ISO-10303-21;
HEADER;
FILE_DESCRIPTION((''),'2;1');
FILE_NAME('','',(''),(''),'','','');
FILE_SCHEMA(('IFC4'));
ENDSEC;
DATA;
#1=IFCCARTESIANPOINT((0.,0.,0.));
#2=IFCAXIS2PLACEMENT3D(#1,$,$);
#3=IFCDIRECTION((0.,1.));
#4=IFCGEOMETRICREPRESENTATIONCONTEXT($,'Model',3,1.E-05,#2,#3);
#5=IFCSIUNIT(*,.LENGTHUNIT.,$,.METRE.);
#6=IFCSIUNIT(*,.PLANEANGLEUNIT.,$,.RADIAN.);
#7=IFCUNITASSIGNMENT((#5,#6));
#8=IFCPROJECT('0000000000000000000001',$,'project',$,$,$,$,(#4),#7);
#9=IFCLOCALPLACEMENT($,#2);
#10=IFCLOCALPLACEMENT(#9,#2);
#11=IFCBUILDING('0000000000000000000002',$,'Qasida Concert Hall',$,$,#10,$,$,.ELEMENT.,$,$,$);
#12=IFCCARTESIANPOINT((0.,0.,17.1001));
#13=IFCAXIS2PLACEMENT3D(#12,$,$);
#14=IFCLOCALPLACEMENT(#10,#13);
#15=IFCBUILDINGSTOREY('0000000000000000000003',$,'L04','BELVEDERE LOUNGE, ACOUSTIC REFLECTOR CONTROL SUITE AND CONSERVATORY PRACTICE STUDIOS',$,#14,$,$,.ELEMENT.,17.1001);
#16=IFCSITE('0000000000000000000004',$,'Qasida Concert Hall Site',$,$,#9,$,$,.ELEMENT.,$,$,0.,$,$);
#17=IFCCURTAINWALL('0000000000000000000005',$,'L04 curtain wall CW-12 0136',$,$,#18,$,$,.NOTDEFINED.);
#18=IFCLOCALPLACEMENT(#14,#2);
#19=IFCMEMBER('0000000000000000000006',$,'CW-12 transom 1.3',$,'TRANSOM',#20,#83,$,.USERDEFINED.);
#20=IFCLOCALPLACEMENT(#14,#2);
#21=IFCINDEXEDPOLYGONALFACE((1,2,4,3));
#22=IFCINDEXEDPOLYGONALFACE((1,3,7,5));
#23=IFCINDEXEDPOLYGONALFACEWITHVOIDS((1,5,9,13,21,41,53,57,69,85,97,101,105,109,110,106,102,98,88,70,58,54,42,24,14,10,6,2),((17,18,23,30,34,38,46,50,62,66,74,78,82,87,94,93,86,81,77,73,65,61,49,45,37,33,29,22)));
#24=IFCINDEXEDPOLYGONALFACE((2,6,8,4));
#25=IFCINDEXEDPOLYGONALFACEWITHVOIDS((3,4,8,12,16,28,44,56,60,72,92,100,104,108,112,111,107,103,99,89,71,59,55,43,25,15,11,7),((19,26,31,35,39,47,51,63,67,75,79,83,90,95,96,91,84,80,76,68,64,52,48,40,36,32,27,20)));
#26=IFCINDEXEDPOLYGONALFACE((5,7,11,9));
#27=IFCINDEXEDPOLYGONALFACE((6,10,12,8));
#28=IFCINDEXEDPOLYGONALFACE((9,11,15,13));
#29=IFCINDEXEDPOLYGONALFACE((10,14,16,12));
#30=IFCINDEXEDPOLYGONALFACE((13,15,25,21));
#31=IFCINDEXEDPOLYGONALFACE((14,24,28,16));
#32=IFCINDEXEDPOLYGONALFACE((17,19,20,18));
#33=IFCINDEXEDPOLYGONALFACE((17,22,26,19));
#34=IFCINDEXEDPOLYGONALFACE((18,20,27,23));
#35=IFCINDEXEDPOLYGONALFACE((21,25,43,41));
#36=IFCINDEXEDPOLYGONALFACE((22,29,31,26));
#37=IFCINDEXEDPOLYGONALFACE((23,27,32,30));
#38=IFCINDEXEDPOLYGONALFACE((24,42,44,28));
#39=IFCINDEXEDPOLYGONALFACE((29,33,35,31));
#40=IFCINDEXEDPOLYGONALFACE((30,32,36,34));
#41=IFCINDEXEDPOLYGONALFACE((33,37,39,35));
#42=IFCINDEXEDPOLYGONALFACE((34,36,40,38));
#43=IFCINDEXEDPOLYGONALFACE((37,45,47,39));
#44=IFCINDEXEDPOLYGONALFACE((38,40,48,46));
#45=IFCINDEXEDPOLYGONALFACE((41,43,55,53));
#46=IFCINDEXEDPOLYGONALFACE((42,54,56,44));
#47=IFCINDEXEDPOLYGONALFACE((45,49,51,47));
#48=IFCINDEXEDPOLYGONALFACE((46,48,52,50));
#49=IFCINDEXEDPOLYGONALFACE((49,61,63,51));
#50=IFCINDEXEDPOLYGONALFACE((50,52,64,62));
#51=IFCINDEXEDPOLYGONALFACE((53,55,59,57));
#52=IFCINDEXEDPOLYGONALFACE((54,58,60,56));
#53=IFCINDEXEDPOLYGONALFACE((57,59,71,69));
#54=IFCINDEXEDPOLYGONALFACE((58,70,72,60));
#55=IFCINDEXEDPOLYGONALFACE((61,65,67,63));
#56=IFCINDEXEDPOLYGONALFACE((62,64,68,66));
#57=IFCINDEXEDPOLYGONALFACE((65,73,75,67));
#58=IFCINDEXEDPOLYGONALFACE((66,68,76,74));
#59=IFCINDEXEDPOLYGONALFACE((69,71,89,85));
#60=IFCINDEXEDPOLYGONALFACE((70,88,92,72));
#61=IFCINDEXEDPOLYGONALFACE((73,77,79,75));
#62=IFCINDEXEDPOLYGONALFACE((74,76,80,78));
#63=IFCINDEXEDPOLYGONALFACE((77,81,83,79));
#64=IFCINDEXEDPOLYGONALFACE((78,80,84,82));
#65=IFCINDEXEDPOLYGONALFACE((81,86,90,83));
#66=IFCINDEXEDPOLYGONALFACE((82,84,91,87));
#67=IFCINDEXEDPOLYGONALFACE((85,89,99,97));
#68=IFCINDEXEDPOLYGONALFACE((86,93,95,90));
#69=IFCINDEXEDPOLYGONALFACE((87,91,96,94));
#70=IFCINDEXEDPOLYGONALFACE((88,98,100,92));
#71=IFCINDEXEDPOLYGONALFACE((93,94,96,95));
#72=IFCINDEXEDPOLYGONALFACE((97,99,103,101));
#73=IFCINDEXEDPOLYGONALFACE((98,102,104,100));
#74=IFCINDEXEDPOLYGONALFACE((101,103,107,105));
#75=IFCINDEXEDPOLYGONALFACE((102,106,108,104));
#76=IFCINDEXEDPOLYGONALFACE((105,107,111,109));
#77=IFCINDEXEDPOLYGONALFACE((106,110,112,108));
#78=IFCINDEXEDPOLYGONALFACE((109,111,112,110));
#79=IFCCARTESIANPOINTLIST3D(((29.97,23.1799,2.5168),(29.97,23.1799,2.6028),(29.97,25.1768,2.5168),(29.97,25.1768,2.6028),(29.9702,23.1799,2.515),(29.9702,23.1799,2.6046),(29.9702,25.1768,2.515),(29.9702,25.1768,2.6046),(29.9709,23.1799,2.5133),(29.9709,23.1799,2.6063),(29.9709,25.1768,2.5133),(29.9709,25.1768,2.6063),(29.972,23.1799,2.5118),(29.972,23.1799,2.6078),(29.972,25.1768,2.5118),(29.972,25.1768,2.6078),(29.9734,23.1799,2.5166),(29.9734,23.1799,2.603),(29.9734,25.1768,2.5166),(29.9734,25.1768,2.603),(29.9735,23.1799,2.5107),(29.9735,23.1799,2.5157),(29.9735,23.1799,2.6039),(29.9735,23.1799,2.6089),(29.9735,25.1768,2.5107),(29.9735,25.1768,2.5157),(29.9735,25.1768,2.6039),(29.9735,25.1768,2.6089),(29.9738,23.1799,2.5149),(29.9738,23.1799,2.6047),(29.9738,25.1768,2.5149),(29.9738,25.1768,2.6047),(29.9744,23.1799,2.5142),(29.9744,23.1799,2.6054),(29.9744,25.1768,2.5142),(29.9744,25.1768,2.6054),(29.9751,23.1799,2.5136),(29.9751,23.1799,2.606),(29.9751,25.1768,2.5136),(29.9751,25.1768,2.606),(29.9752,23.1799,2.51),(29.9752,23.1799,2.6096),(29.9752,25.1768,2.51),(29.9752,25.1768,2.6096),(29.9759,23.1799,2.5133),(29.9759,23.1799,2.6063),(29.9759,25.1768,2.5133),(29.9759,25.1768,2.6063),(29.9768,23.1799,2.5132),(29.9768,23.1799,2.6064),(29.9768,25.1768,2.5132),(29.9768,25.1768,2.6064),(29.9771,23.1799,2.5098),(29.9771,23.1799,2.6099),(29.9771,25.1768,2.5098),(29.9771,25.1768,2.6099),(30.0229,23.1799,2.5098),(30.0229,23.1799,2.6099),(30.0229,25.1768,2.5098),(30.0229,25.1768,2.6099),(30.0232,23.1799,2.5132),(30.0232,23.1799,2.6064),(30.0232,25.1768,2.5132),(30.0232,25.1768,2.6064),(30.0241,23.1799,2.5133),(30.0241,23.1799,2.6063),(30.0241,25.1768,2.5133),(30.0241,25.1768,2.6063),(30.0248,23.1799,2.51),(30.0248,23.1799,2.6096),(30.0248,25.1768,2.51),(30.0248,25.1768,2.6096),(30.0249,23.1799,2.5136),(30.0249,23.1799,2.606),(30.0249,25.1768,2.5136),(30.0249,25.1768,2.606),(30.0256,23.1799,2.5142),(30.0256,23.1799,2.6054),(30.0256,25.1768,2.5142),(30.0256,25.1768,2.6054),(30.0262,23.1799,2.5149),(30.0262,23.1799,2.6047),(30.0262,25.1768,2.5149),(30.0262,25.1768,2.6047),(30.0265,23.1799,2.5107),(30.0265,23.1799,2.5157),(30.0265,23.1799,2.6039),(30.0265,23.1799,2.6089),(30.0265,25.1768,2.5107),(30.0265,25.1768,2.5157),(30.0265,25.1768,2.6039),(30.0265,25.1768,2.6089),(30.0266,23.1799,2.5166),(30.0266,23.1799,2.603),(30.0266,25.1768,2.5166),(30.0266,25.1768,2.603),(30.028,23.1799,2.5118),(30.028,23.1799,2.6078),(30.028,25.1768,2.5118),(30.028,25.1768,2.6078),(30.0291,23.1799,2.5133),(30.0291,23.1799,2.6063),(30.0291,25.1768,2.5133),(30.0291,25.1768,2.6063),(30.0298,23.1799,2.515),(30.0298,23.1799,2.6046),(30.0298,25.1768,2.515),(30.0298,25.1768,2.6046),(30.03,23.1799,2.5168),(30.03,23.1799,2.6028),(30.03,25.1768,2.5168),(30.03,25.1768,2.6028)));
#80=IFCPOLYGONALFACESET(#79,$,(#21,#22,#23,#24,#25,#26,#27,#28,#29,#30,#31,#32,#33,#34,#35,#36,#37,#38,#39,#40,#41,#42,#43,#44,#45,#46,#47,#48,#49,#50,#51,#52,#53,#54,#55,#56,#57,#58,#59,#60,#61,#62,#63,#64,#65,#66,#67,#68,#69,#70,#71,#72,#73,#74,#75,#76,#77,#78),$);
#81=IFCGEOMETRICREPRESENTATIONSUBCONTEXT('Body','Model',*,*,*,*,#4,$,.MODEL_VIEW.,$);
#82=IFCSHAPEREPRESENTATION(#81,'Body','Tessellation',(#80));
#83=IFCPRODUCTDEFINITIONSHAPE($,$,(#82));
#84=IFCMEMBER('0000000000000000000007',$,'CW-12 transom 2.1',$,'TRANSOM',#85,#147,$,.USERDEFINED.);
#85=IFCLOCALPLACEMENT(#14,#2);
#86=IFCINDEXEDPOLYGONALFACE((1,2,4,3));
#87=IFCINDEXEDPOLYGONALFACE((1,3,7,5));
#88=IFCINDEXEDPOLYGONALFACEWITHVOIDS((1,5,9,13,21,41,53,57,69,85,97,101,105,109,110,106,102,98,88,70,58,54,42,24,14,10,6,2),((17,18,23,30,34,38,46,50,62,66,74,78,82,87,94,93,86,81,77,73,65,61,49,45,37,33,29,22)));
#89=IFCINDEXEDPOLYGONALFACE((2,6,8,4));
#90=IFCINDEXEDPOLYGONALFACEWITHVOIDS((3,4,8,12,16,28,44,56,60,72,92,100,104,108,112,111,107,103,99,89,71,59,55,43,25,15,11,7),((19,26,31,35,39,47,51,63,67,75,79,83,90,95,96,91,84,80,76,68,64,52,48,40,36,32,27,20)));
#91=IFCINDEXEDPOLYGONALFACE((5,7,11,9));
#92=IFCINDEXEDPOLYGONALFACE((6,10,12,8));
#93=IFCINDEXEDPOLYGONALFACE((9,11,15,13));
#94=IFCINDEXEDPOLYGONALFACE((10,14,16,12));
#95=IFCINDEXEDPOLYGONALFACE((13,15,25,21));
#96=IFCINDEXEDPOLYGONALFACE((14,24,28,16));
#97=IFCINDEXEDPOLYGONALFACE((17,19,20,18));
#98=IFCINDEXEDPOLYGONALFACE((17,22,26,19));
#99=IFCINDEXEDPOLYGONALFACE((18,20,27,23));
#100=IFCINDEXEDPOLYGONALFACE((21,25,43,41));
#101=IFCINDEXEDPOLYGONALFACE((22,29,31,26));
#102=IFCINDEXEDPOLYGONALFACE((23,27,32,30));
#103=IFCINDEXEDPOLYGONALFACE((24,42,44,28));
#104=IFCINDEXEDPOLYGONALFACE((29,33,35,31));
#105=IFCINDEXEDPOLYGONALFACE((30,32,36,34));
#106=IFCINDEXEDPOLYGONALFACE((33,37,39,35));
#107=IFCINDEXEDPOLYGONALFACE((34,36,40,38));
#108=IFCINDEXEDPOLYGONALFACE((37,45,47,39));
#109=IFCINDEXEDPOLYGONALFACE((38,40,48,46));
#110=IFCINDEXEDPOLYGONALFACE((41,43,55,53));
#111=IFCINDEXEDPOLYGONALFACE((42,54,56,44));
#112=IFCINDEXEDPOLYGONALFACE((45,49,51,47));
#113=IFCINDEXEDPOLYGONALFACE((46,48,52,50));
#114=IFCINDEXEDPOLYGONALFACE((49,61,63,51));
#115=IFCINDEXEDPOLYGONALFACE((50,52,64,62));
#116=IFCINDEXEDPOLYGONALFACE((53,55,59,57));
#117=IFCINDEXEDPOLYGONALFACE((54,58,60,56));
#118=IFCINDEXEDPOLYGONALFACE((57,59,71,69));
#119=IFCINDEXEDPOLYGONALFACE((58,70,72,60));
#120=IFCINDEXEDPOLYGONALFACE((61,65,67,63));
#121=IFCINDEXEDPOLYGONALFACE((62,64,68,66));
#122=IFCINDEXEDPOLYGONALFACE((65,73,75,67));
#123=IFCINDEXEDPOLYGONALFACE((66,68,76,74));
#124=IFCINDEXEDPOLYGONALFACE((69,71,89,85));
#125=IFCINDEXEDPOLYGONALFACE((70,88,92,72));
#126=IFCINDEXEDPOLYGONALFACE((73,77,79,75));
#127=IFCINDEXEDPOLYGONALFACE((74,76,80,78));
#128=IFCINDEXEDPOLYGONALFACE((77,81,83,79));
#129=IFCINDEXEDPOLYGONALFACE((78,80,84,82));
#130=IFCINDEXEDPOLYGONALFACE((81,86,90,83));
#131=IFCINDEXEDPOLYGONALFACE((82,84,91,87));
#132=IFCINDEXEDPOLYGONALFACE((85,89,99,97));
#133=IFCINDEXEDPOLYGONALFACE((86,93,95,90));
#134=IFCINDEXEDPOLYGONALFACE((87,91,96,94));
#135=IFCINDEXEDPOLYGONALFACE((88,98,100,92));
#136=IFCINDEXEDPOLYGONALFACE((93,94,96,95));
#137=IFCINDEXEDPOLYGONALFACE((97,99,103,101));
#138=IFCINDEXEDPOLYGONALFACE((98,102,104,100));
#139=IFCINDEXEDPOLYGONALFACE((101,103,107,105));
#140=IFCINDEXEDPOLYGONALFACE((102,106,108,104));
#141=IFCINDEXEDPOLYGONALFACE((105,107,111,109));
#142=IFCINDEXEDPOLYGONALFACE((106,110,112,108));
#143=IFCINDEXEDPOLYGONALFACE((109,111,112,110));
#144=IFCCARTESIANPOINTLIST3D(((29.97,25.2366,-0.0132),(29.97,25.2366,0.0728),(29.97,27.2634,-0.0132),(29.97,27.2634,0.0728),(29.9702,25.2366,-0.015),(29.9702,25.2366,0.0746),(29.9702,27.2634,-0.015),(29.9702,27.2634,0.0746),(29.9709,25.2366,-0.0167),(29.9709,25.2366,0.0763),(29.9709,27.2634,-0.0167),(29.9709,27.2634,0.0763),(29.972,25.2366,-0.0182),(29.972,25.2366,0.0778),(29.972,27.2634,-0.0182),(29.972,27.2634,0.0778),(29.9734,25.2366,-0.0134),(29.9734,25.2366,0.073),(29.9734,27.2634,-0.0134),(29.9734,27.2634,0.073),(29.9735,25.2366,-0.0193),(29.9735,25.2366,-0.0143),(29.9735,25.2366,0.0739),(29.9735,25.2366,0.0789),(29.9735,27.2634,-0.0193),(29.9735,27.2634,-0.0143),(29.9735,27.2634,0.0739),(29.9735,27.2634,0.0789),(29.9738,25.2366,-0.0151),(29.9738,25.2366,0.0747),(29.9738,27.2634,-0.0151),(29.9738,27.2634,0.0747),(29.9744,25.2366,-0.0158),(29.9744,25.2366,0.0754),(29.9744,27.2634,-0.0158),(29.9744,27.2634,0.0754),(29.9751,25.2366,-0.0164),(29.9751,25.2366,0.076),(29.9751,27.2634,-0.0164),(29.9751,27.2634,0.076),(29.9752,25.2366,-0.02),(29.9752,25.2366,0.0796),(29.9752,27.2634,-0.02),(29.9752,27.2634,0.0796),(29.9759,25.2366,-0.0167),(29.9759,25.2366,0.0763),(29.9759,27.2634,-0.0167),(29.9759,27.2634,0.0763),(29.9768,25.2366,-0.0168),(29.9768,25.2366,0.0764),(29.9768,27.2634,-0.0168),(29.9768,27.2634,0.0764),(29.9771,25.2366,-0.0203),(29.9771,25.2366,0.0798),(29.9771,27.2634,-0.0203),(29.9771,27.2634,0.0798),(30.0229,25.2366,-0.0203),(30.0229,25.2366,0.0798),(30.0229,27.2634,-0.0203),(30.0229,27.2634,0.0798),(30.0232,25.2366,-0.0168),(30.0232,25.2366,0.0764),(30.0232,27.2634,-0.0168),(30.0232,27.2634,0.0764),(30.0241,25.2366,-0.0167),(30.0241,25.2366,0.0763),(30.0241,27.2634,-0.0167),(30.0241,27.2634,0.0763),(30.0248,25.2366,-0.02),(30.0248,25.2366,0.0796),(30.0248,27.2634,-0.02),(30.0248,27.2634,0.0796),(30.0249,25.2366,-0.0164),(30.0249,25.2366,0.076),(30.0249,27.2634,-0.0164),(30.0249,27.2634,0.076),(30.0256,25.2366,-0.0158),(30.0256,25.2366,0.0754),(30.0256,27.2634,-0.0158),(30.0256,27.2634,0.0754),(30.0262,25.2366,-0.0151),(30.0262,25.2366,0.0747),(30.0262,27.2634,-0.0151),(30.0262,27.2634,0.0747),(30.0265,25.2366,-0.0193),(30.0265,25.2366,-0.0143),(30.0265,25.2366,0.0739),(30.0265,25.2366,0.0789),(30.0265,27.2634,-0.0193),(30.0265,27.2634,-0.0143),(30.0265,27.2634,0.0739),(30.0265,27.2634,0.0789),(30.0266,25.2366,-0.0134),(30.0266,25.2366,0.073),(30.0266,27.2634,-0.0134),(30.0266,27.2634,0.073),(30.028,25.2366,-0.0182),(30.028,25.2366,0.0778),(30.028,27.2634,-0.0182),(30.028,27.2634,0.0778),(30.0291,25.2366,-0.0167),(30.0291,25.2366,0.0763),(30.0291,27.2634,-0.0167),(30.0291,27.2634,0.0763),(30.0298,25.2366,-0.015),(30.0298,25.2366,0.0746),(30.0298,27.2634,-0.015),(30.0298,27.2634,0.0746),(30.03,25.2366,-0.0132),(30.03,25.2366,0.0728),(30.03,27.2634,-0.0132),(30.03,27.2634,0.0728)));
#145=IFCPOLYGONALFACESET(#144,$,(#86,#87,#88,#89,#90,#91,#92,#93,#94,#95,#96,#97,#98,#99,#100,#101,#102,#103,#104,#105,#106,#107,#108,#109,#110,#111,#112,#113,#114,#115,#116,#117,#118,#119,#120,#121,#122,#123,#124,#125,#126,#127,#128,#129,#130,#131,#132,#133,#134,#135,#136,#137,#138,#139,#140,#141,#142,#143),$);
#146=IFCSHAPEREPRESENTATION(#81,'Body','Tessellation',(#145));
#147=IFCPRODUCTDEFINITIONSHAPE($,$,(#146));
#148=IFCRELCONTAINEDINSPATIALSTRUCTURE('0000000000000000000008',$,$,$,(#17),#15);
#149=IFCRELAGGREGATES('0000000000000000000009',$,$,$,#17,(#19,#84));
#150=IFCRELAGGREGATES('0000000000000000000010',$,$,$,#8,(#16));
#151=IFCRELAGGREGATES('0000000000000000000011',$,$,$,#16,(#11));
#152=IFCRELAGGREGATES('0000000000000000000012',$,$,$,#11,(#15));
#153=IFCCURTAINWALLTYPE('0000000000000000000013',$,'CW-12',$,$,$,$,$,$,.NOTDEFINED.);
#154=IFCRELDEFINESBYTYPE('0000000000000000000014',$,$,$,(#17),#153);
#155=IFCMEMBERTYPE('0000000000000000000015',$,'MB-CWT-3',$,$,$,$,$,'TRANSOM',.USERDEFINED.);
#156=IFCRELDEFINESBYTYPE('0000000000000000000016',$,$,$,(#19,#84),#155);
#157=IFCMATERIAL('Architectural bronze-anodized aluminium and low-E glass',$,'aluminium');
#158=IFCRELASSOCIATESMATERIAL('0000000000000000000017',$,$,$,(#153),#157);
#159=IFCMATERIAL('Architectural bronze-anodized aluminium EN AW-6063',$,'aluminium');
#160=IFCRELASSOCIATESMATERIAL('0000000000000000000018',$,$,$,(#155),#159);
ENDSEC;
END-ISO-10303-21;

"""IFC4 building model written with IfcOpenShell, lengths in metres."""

from ifc_helpers import new_model, si_unit, direction, frame, origin, origin_2d, place, context, subcontext, project, spatial, hollow_rectangle, extrude, material, material_profile, profile_set, type_object, element, aggregate, save


model = new_model("IFC4")

# Units and contexts
model_context = context("Model", 3, precision=1e-05, world=origin(), true_north=direction((0.0, 1.0)))
body_context = subcontext(model_context, "Body", "Model", "MODEL_VIEW")
ifc_project = project(units=[si_unit("LENGTHUNIT", "METRE"), si_unit("PLANEANGLEUNIT", "RADIAN")], contexts=[model_context])

# Site, building, storey
site_placement = place(None, origin())
site = spatial("IfcSite", under=ifc_project, at=site_placement, Name="Qasida Concert Hall Site", CompositionType="ELEMENT", RefElevation=0.0)
building_placement = place(site_placement, origin())
building = spatial("IfcBuilding", under=site, at=building_placement, Name="Qasida Concert Hall", CompositionType="ELEMENT")
storey_placement = place(building_placement, frame((0.0, 0.0, 17.1001)))
storey = spatial("IfcBuildingStorey", under=building, at=storey_placement, Name="L04", Description="BELVEDERE LOUNGE, ACOUSTIC REFLECTOR CONTROL SUITE AND CONSERVATORY PRACTICE STUDIOS", CompositionType="ELEMENT", Elevation=17.1001)

# Curtain wall, members
ifc_material_1 = material(Name="Architectural bronze-anodized aluminium and low-E glass", Category="aluminium")
curtain_wall_type = type_object("IfcCurtainWallType", Name="CW-12", PredefinedType="NOTDEFINED", material=ifc_material_1)
curtain_wall_placement = place(storey_placement, origin())
curtain_wall = element("IfcCurtainWall", 1, at=curtain_wall_placement, inside=storey, type_object=curtain_wall_type, Name="L04 curtain wall CW-12 0136", PredefinedType="NOTDEFINED")
ifc_material_2 = material(Name="Architectural bronze-anodized aluminium EN AW-6063", Category="aluminium")
ifc_material_profile_1 = material_profile(ifc_material_2, hollow_rectangle(XDim=0.0601, YDim=0.1001, WallThickness=0.0034, InnerFilletRadius=0.0034, OuterFilletRadius=0.0071, at=origin_2d()), Name="CWT 100x60x3.5")
ifc_profile_set_1 = profile_set([ifc_material_profile_1], Name="Architectural bronze-anodized aluminium EN AW-6063")
member_type_1 = type_object("IfcMemberType", Name="MB-CWT-3", ElementType="TRANSOM", PredefinedType="USERDEFINED", material=ifc_profile_set_1)
member_1_placement = place(storey_placement, frame((30.0, 23.1799, 2.5598), z_axis=(0.0, 1.0, 0.0), x_axis=(-1.0, 0.0, 0.0)))
member_1 = element("IfcMember", 2, at=member_1_placement, type_object=member_type_1, Name="CW-12 transom 1.3", ObjectType="TRANSOM", PredefinedType="USERDEFINED", context=body_context, shape_type="SweptSolid", body=[
    extrude(hollow_rectangle(XDim=0.0601, YDim=0.1001, WallThickness=0.0034, InnerFilletRadius=0.0034, OuterFilletRadius=0.0071, at=origin_2d()), origin(), (0.0, 0.0, 1.0), 1.9968),
])
member_2_placement = place(storey_placement, frame((30.0, 25.2366, 0.0298), z_axis=(0.0, 1.0, 0.0), x_axis=(-1.0, 0.0, 0.0)))
member_2 = element("IfcMember", 3, at=member_2_placement, type_object=member_type_1, Name="CW-12 transom 2.1", ObjectType="TRANSOM", PredefinedType="USERDEFINED", context=body_context, shape_type="SweptSolid", body=[
    extrude(hollow_rectangle(XDim=0.0601, YDim=0.1001, WallThickness=0.0034, InnerFilletRadius=0.0034, OuterFilletRadius=0.0071, at=origin_2d()), origin(), (0.0, 0.0, 1.0), 2.0269),
])
aggregate(curtain_wall, [member_1, member_2])

save(model, "model.ifc")
